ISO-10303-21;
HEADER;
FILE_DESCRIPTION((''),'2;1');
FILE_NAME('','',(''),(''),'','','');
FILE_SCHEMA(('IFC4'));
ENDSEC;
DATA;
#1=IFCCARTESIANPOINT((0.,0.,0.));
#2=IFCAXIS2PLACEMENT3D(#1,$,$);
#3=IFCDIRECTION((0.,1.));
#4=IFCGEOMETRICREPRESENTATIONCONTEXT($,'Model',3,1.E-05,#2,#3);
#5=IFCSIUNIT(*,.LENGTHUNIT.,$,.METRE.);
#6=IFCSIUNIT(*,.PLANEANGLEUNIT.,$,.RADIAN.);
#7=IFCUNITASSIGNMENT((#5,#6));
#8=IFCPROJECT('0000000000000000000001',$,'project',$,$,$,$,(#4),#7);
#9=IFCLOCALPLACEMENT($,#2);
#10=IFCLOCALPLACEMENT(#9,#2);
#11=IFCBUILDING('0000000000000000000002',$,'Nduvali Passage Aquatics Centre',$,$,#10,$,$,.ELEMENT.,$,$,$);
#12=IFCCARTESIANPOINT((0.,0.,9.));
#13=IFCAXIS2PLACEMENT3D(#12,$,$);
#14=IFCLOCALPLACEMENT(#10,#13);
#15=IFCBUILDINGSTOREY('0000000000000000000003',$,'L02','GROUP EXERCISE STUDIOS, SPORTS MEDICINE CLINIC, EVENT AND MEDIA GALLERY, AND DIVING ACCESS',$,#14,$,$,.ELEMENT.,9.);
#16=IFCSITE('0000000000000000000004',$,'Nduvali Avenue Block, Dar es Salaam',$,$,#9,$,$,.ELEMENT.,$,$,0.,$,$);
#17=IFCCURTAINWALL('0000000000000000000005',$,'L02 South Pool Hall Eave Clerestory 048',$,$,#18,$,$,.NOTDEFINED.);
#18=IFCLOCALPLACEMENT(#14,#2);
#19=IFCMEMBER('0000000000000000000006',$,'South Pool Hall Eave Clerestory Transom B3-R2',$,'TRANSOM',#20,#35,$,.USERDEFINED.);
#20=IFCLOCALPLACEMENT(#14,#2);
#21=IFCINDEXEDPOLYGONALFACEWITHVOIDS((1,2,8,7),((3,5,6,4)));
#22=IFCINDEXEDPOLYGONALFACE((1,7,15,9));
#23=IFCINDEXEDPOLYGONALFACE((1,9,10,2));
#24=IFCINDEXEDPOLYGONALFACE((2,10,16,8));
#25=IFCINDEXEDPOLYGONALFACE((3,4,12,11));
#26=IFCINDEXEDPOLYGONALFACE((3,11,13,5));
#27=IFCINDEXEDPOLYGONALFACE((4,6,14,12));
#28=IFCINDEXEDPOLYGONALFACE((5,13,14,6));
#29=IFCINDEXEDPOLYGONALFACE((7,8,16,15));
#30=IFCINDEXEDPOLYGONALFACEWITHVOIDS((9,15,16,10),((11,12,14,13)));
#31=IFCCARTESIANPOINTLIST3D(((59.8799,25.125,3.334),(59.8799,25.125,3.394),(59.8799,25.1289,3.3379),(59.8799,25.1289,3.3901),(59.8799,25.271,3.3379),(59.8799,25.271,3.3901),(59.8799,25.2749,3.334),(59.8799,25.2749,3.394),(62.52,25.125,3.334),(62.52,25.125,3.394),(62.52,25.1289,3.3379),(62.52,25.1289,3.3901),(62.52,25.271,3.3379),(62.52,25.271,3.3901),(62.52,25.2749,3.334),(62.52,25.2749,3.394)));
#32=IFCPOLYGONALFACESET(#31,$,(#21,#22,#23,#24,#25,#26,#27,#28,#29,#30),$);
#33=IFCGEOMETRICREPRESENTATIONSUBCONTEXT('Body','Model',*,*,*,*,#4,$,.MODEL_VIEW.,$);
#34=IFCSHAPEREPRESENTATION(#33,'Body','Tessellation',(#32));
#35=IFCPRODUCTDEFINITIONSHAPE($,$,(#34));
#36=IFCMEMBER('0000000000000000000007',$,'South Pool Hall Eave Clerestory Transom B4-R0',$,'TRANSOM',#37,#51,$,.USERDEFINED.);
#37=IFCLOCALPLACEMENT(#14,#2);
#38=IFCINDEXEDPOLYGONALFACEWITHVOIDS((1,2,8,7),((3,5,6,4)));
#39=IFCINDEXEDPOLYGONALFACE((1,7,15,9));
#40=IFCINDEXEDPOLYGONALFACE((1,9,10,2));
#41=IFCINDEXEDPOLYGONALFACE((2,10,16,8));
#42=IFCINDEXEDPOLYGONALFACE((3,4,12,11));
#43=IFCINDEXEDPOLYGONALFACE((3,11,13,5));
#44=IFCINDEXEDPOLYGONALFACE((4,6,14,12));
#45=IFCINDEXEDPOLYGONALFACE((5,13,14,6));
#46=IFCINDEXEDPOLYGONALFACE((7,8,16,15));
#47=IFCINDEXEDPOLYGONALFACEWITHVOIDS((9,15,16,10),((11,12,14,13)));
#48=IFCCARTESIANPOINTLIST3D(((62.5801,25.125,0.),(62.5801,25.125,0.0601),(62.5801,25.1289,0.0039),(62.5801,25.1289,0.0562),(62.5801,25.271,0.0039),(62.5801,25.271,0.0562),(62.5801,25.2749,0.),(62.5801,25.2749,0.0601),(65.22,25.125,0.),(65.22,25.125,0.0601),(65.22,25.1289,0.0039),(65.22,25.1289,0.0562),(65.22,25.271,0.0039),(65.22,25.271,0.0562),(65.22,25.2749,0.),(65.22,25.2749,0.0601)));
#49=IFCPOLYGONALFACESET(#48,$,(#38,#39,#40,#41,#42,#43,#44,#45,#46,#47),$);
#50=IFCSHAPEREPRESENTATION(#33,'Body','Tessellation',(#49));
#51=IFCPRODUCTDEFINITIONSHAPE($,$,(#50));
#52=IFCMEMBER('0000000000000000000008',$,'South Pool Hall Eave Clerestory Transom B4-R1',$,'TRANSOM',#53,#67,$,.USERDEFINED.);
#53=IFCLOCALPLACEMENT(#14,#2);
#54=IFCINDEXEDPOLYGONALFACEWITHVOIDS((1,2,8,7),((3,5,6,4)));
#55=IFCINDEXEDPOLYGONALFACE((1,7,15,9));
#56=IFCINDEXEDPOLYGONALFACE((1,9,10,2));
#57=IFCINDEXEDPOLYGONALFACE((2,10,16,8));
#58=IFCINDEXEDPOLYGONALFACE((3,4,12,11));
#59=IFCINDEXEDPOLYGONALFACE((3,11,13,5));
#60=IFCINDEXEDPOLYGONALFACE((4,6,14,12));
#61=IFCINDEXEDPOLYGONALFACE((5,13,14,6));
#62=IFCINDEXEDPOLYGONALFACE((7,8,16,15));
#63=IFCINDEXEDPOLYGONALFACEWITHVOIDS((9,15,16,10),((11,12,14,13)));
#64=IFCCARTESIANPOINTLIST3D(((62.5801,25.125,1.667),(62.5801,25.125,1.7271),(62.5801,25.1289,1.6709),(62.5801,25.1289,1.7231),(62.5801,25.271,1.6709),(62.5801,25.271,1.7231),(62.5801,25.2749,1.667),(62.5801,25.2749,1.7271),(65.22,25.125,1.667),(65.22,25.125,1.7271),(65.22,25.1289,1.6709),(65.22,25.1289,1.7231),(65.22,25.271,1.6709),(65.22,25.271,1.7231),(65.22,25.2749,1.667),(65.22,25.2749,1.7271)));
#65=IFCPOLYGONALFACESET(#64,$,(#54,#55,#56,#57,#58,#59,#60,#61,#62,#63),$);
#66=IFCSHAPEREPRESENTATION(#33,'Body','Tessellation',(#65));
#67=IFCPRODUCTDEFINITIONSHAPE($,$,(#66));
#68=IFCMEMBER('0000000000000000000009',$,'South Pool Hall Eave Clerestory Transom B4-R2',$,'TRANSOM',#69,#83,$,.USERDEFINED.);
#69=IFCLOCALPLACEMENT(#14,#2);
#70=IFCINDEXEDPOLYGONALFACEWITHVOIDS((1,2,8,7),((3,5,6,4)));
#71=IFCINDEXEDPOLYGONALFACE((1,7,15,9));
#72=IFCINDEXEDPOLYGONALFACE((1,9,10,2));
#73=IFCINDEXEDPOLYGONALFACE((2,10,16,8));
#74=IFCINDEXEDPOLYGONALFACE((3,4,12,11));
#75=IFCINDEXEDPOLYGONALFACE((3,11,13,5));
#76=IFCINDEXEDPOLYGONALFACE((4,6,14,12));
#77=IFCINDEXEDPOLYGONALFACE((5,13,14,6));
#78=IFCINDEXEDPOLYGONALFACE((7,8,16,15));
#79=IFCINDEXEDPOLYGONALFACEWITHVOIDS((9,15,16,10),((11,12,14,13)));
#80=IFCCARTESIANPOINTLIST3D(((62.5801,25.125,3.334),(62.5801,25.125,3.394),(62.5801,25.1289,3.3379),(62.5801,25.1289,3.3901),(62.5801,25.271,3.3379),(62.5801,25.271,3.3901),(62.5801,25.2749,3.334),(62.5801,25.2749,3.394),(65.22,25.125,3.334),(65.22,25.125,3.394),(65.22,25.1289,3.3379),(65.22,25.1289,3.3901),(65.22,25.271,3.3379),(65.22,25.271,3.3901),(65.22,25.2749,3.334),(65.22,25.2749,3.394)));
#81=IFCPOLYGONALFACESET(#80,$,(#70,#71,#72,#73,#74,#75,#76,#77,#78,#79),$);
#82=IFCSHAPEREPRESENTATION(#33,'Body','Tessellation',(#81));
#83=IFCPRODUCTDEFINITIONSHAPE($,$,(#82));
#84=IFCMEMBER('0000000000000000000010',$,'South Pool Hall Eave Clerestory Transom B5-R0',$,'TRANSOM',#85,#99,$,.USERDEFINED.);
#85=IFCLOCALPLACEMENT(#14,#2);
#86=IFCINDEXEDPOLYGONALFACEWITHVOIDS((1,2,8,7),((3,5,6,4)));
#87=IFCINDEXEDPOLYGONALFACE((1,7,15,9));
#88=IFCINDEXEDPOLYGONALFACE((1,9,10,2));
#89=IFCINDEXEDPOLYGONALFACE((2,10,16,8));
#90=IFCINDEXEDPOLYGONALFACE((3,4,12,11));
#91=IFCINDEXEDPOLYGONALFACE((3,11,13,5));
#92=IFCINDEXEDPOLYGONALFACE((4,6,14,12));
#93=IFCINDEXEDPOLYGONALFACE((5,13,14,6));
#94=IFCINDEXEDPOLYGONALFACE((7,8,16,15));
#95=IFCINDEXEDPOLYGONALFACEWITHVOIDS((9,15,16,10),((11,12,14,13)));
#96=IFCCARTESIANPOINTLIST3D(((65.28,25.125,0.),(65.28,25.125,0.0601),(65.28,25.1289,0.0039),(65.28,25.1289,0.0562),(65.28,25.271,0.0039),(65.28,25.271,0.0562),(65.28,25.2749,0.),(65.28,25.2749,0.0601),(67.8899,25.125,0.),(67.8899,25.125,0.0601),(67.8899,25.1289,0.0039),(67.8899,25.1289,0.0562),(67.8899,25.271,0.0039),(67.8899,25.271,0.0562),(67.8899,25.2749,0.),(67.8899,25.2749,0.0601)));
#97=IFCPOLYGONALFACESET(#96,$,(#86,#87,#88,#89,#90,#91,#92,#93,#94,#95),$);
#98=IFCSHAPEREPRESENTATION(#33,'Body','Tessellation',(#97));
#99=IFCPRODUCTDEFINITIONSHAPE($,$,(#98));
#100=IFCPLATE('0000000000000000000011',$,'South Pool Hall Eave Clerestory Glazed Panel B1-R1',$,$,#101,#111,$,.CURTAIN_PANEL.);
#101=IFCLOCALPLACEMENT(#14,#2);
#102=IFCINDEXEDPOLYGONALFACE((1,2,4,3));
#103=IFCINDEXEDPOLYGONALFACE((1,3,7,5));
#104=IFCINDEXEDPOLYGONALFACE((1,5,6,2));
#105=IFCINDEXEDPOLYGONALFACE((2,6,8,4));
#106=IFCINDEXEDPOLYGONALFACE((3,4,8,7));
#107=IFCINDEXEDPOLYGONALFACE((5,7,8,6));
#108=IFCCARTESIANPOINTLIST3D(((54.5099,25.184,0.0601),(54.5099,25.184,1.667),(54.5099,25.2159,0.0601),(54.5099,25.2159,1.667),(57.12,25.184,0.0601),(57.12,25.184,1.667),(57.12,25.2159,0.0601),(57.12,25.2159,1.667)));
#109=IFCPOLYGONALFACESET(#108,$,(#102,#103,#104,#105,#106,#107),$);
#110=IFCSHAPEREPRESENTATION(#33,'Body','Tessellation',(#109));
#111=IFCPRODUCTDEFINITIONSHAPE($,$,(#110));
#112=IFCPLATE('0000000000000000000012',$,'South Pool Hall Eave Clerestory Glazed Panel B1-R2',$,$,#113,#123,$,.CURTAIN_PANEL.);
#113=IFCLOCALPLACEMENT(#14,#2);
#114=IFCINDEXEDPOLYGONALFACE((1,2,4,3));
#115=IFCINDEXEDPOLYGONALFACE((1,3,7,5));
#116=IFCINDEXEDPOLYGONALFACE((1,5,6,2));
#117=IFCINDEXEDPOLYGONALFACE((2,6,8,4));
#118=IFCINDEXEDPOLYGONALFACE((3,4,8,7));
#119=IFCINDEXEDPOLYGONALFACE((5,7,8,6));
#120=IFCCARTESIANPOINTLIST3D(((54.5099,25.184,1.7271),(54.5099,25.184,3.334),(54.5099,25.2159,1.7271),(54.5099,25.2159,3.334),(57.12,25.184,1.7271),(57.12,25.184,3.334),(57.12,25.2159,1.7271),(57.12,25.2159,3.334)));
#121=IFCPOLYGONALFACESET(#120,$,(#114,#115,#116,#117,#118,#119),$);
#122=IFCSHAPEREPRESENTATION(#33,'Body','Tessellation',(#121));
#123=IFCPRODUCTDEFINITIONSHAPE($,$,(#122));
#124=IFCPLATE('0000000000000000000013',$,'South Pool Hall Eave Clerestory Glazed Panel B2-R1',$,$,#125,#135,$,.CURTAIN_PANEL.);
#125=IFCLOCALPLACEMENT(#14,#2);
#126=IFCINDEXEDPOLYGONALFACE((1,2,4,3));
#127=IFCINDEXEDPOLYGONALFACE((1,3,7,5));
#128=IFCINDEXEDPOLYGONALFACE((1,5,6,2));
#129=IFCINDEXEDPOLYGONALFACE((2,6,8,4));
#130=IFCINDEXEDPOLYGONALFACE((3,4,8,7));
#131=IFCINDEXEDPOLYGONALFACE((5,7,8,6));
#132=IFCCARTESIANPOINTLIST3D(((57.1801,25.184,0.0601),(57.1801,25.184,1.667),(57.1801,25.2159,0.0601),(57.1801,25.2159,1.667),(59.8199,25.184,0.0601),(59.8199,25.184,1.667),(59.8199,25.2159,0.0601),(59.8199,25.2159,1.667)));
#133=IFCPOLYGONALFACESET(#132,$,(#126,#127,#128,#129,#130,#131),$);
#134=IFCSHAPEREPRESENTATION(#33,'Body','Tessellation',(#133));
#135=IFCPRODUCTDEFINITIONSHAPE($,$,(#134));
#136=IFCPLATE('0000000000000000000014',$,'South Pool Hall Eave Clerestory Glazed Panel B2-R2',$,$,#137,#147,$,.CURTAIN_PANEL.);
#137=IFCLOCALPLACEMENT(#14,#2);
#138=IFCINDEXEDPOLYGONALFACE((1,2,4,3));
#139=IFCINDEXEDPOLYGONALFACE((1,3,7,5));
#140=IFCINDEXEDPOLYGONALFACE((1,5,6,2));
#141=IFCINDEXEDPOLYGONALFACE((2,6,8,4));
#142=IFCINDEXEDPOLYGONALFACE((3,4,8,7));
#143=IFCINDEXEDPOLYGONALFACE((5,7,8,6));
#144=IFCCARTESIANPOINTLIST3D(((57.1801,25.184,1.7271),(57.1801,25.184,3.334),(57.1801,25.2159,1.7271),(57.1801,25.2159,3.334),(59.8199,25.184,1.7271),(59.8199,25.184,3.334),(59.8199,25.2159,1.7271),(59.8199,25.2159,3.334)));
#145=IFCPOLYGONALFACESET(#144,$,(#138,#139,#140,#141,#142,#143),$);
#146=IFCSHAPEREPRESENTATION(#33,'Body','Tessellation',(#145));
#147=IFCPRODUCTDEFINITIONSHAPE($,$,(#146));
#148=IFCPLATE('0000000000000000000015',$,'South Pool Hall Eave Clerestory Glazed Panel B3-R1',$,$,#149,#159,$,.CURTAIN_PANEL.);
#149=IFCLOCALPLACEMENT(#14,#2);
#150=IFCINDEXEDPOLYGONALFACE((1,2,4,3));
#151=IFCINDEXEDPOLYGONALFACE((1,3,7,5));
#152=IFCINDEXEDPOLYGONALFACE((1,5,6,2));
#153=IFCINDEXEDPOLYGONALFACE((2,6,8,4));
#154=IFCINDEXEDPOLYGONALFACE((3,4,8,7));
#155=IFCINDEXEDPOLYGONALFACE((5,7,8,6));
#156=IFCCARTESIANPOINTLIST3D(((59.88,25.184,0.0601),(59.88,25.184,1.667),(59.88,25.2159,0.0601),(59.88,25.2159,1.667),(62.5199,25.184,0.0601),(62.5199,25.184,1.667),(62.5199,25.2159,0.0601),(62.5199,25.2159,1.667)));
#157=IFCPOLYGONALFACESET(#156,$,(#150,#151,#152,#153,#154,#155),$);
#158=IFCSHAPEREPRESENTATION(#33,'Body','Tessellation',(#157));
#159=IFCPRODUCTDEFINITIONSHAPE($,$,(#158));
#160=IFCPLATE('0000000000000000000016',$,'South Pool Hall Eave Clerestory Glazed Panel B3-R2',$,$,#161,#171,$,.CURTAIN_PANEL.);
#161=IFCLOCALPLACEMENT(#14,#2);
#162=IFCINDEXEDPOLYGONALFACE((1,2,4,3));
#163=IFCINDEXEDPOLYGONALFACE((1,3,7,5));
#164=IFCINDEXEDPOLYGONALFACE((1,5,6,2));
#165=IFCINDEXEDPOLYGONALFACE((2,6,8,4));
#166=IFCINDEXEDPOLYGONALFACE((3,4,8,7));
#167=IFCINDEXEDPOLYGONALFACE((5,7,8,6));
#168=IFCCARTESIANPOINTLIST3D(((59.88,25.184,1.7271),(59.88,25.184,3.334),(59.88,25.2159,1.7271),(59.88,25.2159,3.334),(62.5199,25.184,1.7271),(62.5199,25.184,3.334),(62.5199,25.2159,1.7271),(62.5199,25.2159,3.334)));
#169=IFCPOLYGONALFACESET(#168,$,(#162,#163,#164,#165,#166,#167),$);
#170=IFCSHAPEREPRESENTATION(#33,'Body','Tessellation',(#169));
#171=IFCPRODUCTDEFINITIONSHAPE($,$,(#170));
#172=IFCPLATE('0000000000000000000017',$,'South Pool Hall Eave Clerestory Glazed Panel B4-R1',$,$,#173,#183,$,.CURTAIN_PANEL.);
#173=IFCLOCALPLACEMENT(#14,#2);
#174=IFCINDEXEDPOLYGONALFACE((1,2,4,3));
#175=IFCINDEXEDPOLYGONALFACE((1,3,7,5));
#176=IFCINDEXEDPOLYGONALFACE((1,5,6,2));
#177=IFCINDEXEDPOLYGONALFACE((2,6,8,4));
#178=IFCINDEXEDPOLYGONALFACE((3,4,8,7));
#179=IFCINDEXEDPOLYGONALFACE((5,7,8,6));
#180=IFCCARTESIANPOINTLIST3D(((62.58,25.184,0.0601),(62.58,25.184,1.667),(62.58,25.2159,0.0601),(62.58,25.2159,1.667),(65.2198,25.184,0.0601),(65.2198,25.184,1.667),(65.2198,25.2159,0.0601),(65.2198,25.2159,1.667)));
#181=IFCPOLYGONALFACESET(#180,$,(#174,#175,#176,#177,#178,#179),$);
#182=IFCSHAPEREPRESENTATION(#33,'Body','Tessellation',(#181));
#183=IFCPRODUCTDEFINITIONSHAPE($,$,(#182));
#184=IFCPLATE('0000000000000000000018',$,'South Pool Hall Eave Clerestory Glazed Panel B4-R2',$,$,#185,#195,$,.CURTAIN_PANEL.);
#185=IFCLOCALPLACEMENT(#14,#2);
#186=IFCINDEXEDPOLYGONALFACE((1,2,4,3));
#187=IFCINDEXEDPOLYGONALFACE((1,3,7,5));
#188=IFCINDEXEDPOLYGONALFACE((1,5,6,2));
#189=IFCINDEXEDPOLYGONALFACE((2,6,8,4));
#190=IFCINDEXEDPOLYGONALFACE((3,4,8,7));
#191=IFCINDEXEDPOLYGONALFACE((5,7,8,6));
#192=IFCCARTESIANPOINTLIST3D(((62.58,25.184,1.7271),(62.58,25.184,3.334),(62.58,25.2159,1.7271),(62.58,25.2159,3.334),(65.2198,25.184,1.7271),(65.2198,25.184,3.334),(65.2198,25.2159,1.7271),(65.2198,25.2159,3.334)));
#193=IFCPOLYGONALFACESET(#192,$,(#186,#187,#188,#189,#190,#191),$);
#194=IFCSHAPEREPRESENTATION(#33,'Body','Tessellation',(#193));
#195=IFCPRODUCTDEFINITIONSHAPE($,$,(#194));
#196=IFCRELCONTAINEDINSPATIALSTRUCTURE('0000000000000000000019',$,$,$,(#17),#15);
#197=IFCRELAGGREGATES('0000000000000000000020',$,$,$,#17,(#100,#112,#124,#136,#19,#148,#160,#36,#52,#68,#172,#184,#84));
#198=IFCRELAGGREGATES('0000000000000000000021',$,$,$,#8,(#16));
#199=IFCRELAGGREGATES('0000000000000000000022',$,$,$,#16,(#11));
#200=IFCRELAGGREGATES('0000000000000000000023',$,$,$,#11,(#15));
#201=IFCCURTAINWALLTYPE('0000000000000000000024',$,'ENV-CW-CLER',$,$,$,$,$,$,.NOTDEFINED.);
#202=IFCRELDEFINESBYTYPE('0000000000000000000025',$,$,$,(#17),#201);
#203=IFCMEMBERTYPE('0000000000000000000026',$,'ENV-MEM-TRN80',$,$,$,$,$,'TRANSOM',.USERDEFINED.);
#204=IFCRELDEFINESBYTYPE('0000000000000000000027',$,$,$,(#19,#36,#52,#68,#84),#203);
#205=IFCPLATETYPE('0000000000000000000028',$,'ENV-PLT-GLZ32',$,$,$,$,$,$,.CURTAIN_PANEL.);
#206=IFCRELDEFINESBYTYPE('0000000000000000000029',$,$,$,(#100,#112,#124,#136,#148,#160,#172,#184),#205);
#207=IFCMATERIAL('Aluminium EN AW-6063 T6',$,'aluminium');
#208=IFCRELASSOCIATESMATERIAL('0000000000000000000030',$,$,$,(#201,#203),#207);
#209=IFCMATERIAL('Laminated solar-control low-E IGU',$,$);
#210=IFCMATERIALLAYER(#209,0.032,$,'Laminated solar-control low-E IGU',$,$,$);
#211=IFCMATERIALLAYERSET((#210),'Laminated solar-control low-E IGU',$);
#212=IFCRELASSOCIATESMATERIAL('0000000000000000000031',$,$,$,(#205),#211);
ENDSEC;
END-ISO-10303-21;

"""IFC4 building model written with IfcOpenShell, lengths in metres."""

from ifc_helpers import new_model, si_unit, direction, frame, origin, origin_2d, place, context, subcontext, project, spatial, rectangle, hollow_rectangle, extrude, material, layer, layer_set, material_profile, profile_set, type_object, element, aggregate, save


model = new_model("IFC4")

# Units and contexts
model_context = context("Model", 3, precision=1e-05, world=origin(), true_north=direction((0.0, 1.0)))
body_context = subcontext(model_context, "Body", "Model", "MODEL_VIEW")
ifc_project = project(units=[si_unit("LENGTHUNIT", "METRE"), si_unit("PLANEANGLEUNIT", "RADIAN")], contexts=[model_context])

# Site, building, storey
site_placement = place(None, origin())
site = spatial("IfcSite", under=ifc_project, at=site_placement, Name="Nduvali Avenue Block, Dar es Salaam", CompositionType="ELEMENT", RefElevation=0.0)
building_placement = place(site_placement, origin())
building = spatial("IfcBuilding", under=site, at=building_placement, Name="Nduvali Passage Aquatics Centre", CompositionType="ELEMENT")
storey_placement = place(building_placement, frame((0.0, 0.0, 9.0)))
storey = spatial("IfcBuildingStorey", under=building, at=storey_placement, Name="L02", Description="GROUP EXERCISE STUDIOS, SPORTS MEDICINE CLINIC, EVENT AND MEDIA GALLERY, AND DIVING ACCESS", CompositionType="ELEMENT", Elevation=9.0)

# Curtain wall, members, plates
ifc_material_1 = material(Name="Aluminium EN AW-6063 T6", Category="aluminium")
curtain_wall_type = type_object("IfcCurtainWallType", Name="ENV-CW-CLER", PredefinedType="NOTDEFINED", material=ifc_material_1)
curtain_wall_placement = place(storey_placement, origin())
curtain_wall = element("IfcCurtainWall", 1, at=curtain_wall_placement, inside=storey, type_object=curtain_wall_type, Name="L02 South Pool Hall Eave Clerestory 048", PredefinedType="NOTDEFINED")
ifc_material_profile_1 = material_profile(ifc_material_1, hollow_rectangle(XDim=0.1499, YDim=0.0601, WallThickness=0.0039, at=origin_2d()), Name="ALU TRANSOM 150x60x4")
ifc_profile_set_1 = profile_set([ifc_material_profile_1], Name="Aluminium EN AW-6063 T6")
member_type_1 = type_object("IfcMemberType", Name="ENV-MEM-TRN80", ElementType="TRANSOM", PredefinedType="USERDEFINED", material=ifc_profile_set_1)
member_1_placement = place(storey_placement, frame((59.8799, 25.2, 3.364), z_axis=(1.0, 0.0, 0.0), x_axis=(0.0, 1.0, 0.0)))
member_1 = element("IfcMember", 2, at=member_1_placement, type_object=member_type_1, Name="South Pool Hall Eave Clerestory Transom B3-R2", ObjectType="TRANSOM", PredefinedType="USERDEFINED", context=body_context, shape_type="SweptSolid", body=[
    extrude(hollow_rectangle(XDim=0.1499, YDim=0.0601, WallThickness=0.0039, at=origin_2d()), origin(), (0.0, 0.0, 1.0), 2.6401),
])
member_2_placement = place(storey_placement, frame((62.5801, 25.2, 0.03), z_axis=(1.0, 0.0, 0.0), x_axis=(0.0, 1.0, 0.0)))
member_2 = element("IfcMember", 3, at=member_2_placement, type_object=member_type_1, Name="South Pool Hall Eave Clerestory Transom B4-R0", ObjectType="TRANSOM", PredefinedType="USERDEFINED", context=body_context, shape_type="SweptSolid", body=[
    extrude(hollow_rectangle(XDim=0.1499, YDim=0.0601, WallThickness=0.0039, at=origin_2d()), origin(), (0.0, 0.0, 1.0), 2.6399),
])
member_3_placement = place(storey_placement, frame((62.5801, 25.2, 1.697), z_axis=(1.0, 0.0, 0.0), x_axis=(0.0, 1.0, 0.0)))
member_3 = element("IfcMember", 4, at=member_3_placement, type_object=member_type_1, Name="South Pool Hall Eave Clerestory Transom B4-R1", ObjectType="TRANSOM", PredefinedType="USERDEFINED", context=body_context, shape_type="SweptSolid", body=[
    extrude(hollow_rectangle(XDim=0.1499, YDim=0.0601, WallThickness=0.0039, at=origin_2d()), origin(), (0.0, 0.0, 1.0), 2.6399),
])
member_4_placement = place(storey_placement, frame((62.5801, 25.2, 3.364), z_axis=(1.0, 0.0, 0.0), x_axis=(0.0, 1.0, 0.0)))
member_4 = element("IfcMember", 5, at=member_4_placement, type_object=member_type_1, Name="South Pool Hall Eave Clerestory Transom B4-R2", ObjectType="TRANSOM", PredefinedType="USERDEFINED", context=body_context, shape_type="SweptSolid", body=[
    extrude(hollow_rectangle(XDim=0.1499, YDim=0.0601, WallThickness=0.0039, at=origin_2d()), origin(), (0.0, 0.0, 1.0), 2.6399),
])
member_5_placement = place(storey_placement, frame((65.28, 25.2, 0.03), z_axis=(1.0, 0.0, 0.0), x_axis=(0.0, 1.0, 0.0)))
member_5 = element("IfcMember", 6, at=member_5_placement, type_object=member_type_1, Name="South Pool Hall Eave Clerestory Transom B5-R0", ObjectType="TRANSOM", PredefinedType="USERDEFINED", context=body_context, shape_type="SweptSolid", body=[
    extrude(hollow_rectangle(XDim=0.1499, YDim=0.0601, WallThickness=0.0039, at=origin_2d()), origin(), (0.0, 0.0, 1.0), 2.6099),
])
ifc_material_2 = material(Name="Laminated solar-control low-E IGU")
ifc_layer = layer(ifc_material_2, 0.032, Name="Laminated solar-control low-E IGU")
ifc_layer_set = layer_set([ifc_layer], Name="Laminated solar-control low-E IGU")
plate_type = type_object("IfcPlateType", Name="ENV-PLT-GLZ32", PredefinedType="CURTAIN_PANEL", material=ifc_layer_set)
plate_1_placement = place(storey_placement, frame((55.8149, 25.2, 0.0601), z_axis=(0.0, 0.0, 1.0), x_axis=(1.0, 0.0, 0.0)))
plate_1 = element("IfcPlate", 7, at=plate_1_placement, type_object=plate_type, Name="South Pool Hall Eave Clerestory Glazed Panel B1-R1", PredefinedType="CURTAIN_PANEL", context=body_context, shape_type="SweptSolid", body=[
    extrude(rectangle(XDim=2.6101, YDim=0.032, at=origin_2d()), origin(), (0.0, 0.0, 1.0), 1.6069),
])
plate_2_placement = place(storey_placement, frame((55.8149, 25.2, 1.7271), z_axis=(0.0, 0.0, 1.0), x_axis=(1.0, 0.0, 0.0)))
plate_2 = element("IfcPlate", 8, at=plate_2_placement, type_object=plate_type, Name="South Pool Hall Eave Clerestory Glazed Panel B1-R2", PredefinedType="CURTAIN_PANEL", context=body_context, shape_type="SweptSolid", body=[
    extrude(rectangle(XDim=2.6101, YDim=0.032, at=origin_2d()), origin(), (0.0, 0.0, 1.0), 1.6069),
])
plate_3_placement = place(storey_placement, frame((58.5, 25.2, 0.0601), z_axis=(0.0, 0.0, 1.0), x_axis=(1.0, 0.0, 0.0)))
plate_3 = element("IfcPlate", 9, at=plate_3_placement, type_object=plate_type, Name="South Pool Hall Eave Clerestory Glazed Panel B2-R1", PredefinedType="CURTAIN_PANEL", context=body_context, shape_type="SweptSolid", body=[
    extrude(rectangle(XDim=2.6399, YDim=0.032, at=origin_2d()), origin(), (0.0, 0.0, 1.0), 1.6069),
])
plate_4_placement = place(storey_placement, frame((58.5, 25.2, 1.7271), z_axis=(0.0, 0.0, 1.0), x_axis=(1.0, 0.0, 0.0)))
plate_4 = element("IfcPlate", 10, at=plate_4_placement, type_object=plate_type, Name="South Pool Hall Eave Clerestory Glazed Panel B2-R2", PredefinedType="CURTAIN_PANEL", context=body_context, shape_type="SweptSolid", body=[
    extrude(rectangle(XDim=2.6399, YDim=0.032, at=origin_2d()), origin(), (0.0, 0.0, 1.0), 1.6069),
])
plate_5_placement = place(storey_placement, frame((61.2, 25.2, 0.0601), z_axis=(0.0, 0.0, 1.0), x_axis=(1.0, 0.0, 0.0)))
plate_5 = element("IfcPlate", 11, at=plate_5_placement, type_object=plate_type, Name="South Pool Hall Eave Clerestory Glazed Panel B3-R1", PredefinedType="CURTAIN_PANEL", context=body_context, shape_type="SweptSolid", body=[
    extrude(rectangle(XDim=2.6399, YDim=0.032, at=origin_2d()), origin(), (0.0, 0.0, 1.0), 1.6069),
])
plate_6_placement = place(storey_placement, frame((61.2, 25.2, 1.7271), z_axis=(0.0, 0.0, 1.0), x_axis=(1.0, 0.0, 0.0)))
plate_6 = element("IfcPlate", 12, at=plate_6_placement, type_object=plate_type, Name="South Pool Hall Eave Clerestory Glazed Panel B3-R2", PredefinedType="CURTAIN_PANEL", context=body_context, shape_type="SweptSolid", body=[
    extrude(rectangle(XDim=2.6399, YDim=0.032, at=origin_2d()), origin(), (0.0, 0.0, 1.0), 1.6069),
])
plate_7_placement = place(storey_placement, frame((63.8999, 25.2, 0.0601), z_axis=(0.0, 0.0, 1.0), x_axis=(1.0, 0.0, 0.0)))
plate_7 = element("IfcPlate", 13, at=plate_7_placement, type_object=plate_type, Name="South Pool Hall Eave Clerestory Glazed Panel B4-R1", PredefinedType="CURTAIN_PANEL", context=body_context, shape_type="SweptSolid", body=[
    extrude(rectangle(XDim=2.6399, YDim=0.032, at=origin_2d()), origin(), (0.0, 0.0, 1.0), 1.6069),
])
plate_8_placement = place(storey_placement, frame((63.8999, 25.2, 1.7271), z_axis=(0.0, 0.0, 1.0), x_axis=(1.0, 0.0, 0.0)))
plate_8 = element("IfcPlate", 14, at=plate_8_placement, type_object=plate_type, Name="South Pool Hall Eave Clerestory Glazed Panel B4-R2", PredefinedType="CURTAIN_PANEL", context=body_context, shape_type="SweptSolid", body=[
    extrude(rectangle(XDim=2.6399, YDim=0.032, at=origin_2d()), origin(), (0.0, 0.0, 1.0), 1.6069),
])
aggregate(curtain_wall, [plate_1, plate_2, plate_3, plate_4, member_1, plate_5, plate_6, member_2, member_3, member_4, plate_7, plate_8, member_5])

save(model, "model.ifc")
